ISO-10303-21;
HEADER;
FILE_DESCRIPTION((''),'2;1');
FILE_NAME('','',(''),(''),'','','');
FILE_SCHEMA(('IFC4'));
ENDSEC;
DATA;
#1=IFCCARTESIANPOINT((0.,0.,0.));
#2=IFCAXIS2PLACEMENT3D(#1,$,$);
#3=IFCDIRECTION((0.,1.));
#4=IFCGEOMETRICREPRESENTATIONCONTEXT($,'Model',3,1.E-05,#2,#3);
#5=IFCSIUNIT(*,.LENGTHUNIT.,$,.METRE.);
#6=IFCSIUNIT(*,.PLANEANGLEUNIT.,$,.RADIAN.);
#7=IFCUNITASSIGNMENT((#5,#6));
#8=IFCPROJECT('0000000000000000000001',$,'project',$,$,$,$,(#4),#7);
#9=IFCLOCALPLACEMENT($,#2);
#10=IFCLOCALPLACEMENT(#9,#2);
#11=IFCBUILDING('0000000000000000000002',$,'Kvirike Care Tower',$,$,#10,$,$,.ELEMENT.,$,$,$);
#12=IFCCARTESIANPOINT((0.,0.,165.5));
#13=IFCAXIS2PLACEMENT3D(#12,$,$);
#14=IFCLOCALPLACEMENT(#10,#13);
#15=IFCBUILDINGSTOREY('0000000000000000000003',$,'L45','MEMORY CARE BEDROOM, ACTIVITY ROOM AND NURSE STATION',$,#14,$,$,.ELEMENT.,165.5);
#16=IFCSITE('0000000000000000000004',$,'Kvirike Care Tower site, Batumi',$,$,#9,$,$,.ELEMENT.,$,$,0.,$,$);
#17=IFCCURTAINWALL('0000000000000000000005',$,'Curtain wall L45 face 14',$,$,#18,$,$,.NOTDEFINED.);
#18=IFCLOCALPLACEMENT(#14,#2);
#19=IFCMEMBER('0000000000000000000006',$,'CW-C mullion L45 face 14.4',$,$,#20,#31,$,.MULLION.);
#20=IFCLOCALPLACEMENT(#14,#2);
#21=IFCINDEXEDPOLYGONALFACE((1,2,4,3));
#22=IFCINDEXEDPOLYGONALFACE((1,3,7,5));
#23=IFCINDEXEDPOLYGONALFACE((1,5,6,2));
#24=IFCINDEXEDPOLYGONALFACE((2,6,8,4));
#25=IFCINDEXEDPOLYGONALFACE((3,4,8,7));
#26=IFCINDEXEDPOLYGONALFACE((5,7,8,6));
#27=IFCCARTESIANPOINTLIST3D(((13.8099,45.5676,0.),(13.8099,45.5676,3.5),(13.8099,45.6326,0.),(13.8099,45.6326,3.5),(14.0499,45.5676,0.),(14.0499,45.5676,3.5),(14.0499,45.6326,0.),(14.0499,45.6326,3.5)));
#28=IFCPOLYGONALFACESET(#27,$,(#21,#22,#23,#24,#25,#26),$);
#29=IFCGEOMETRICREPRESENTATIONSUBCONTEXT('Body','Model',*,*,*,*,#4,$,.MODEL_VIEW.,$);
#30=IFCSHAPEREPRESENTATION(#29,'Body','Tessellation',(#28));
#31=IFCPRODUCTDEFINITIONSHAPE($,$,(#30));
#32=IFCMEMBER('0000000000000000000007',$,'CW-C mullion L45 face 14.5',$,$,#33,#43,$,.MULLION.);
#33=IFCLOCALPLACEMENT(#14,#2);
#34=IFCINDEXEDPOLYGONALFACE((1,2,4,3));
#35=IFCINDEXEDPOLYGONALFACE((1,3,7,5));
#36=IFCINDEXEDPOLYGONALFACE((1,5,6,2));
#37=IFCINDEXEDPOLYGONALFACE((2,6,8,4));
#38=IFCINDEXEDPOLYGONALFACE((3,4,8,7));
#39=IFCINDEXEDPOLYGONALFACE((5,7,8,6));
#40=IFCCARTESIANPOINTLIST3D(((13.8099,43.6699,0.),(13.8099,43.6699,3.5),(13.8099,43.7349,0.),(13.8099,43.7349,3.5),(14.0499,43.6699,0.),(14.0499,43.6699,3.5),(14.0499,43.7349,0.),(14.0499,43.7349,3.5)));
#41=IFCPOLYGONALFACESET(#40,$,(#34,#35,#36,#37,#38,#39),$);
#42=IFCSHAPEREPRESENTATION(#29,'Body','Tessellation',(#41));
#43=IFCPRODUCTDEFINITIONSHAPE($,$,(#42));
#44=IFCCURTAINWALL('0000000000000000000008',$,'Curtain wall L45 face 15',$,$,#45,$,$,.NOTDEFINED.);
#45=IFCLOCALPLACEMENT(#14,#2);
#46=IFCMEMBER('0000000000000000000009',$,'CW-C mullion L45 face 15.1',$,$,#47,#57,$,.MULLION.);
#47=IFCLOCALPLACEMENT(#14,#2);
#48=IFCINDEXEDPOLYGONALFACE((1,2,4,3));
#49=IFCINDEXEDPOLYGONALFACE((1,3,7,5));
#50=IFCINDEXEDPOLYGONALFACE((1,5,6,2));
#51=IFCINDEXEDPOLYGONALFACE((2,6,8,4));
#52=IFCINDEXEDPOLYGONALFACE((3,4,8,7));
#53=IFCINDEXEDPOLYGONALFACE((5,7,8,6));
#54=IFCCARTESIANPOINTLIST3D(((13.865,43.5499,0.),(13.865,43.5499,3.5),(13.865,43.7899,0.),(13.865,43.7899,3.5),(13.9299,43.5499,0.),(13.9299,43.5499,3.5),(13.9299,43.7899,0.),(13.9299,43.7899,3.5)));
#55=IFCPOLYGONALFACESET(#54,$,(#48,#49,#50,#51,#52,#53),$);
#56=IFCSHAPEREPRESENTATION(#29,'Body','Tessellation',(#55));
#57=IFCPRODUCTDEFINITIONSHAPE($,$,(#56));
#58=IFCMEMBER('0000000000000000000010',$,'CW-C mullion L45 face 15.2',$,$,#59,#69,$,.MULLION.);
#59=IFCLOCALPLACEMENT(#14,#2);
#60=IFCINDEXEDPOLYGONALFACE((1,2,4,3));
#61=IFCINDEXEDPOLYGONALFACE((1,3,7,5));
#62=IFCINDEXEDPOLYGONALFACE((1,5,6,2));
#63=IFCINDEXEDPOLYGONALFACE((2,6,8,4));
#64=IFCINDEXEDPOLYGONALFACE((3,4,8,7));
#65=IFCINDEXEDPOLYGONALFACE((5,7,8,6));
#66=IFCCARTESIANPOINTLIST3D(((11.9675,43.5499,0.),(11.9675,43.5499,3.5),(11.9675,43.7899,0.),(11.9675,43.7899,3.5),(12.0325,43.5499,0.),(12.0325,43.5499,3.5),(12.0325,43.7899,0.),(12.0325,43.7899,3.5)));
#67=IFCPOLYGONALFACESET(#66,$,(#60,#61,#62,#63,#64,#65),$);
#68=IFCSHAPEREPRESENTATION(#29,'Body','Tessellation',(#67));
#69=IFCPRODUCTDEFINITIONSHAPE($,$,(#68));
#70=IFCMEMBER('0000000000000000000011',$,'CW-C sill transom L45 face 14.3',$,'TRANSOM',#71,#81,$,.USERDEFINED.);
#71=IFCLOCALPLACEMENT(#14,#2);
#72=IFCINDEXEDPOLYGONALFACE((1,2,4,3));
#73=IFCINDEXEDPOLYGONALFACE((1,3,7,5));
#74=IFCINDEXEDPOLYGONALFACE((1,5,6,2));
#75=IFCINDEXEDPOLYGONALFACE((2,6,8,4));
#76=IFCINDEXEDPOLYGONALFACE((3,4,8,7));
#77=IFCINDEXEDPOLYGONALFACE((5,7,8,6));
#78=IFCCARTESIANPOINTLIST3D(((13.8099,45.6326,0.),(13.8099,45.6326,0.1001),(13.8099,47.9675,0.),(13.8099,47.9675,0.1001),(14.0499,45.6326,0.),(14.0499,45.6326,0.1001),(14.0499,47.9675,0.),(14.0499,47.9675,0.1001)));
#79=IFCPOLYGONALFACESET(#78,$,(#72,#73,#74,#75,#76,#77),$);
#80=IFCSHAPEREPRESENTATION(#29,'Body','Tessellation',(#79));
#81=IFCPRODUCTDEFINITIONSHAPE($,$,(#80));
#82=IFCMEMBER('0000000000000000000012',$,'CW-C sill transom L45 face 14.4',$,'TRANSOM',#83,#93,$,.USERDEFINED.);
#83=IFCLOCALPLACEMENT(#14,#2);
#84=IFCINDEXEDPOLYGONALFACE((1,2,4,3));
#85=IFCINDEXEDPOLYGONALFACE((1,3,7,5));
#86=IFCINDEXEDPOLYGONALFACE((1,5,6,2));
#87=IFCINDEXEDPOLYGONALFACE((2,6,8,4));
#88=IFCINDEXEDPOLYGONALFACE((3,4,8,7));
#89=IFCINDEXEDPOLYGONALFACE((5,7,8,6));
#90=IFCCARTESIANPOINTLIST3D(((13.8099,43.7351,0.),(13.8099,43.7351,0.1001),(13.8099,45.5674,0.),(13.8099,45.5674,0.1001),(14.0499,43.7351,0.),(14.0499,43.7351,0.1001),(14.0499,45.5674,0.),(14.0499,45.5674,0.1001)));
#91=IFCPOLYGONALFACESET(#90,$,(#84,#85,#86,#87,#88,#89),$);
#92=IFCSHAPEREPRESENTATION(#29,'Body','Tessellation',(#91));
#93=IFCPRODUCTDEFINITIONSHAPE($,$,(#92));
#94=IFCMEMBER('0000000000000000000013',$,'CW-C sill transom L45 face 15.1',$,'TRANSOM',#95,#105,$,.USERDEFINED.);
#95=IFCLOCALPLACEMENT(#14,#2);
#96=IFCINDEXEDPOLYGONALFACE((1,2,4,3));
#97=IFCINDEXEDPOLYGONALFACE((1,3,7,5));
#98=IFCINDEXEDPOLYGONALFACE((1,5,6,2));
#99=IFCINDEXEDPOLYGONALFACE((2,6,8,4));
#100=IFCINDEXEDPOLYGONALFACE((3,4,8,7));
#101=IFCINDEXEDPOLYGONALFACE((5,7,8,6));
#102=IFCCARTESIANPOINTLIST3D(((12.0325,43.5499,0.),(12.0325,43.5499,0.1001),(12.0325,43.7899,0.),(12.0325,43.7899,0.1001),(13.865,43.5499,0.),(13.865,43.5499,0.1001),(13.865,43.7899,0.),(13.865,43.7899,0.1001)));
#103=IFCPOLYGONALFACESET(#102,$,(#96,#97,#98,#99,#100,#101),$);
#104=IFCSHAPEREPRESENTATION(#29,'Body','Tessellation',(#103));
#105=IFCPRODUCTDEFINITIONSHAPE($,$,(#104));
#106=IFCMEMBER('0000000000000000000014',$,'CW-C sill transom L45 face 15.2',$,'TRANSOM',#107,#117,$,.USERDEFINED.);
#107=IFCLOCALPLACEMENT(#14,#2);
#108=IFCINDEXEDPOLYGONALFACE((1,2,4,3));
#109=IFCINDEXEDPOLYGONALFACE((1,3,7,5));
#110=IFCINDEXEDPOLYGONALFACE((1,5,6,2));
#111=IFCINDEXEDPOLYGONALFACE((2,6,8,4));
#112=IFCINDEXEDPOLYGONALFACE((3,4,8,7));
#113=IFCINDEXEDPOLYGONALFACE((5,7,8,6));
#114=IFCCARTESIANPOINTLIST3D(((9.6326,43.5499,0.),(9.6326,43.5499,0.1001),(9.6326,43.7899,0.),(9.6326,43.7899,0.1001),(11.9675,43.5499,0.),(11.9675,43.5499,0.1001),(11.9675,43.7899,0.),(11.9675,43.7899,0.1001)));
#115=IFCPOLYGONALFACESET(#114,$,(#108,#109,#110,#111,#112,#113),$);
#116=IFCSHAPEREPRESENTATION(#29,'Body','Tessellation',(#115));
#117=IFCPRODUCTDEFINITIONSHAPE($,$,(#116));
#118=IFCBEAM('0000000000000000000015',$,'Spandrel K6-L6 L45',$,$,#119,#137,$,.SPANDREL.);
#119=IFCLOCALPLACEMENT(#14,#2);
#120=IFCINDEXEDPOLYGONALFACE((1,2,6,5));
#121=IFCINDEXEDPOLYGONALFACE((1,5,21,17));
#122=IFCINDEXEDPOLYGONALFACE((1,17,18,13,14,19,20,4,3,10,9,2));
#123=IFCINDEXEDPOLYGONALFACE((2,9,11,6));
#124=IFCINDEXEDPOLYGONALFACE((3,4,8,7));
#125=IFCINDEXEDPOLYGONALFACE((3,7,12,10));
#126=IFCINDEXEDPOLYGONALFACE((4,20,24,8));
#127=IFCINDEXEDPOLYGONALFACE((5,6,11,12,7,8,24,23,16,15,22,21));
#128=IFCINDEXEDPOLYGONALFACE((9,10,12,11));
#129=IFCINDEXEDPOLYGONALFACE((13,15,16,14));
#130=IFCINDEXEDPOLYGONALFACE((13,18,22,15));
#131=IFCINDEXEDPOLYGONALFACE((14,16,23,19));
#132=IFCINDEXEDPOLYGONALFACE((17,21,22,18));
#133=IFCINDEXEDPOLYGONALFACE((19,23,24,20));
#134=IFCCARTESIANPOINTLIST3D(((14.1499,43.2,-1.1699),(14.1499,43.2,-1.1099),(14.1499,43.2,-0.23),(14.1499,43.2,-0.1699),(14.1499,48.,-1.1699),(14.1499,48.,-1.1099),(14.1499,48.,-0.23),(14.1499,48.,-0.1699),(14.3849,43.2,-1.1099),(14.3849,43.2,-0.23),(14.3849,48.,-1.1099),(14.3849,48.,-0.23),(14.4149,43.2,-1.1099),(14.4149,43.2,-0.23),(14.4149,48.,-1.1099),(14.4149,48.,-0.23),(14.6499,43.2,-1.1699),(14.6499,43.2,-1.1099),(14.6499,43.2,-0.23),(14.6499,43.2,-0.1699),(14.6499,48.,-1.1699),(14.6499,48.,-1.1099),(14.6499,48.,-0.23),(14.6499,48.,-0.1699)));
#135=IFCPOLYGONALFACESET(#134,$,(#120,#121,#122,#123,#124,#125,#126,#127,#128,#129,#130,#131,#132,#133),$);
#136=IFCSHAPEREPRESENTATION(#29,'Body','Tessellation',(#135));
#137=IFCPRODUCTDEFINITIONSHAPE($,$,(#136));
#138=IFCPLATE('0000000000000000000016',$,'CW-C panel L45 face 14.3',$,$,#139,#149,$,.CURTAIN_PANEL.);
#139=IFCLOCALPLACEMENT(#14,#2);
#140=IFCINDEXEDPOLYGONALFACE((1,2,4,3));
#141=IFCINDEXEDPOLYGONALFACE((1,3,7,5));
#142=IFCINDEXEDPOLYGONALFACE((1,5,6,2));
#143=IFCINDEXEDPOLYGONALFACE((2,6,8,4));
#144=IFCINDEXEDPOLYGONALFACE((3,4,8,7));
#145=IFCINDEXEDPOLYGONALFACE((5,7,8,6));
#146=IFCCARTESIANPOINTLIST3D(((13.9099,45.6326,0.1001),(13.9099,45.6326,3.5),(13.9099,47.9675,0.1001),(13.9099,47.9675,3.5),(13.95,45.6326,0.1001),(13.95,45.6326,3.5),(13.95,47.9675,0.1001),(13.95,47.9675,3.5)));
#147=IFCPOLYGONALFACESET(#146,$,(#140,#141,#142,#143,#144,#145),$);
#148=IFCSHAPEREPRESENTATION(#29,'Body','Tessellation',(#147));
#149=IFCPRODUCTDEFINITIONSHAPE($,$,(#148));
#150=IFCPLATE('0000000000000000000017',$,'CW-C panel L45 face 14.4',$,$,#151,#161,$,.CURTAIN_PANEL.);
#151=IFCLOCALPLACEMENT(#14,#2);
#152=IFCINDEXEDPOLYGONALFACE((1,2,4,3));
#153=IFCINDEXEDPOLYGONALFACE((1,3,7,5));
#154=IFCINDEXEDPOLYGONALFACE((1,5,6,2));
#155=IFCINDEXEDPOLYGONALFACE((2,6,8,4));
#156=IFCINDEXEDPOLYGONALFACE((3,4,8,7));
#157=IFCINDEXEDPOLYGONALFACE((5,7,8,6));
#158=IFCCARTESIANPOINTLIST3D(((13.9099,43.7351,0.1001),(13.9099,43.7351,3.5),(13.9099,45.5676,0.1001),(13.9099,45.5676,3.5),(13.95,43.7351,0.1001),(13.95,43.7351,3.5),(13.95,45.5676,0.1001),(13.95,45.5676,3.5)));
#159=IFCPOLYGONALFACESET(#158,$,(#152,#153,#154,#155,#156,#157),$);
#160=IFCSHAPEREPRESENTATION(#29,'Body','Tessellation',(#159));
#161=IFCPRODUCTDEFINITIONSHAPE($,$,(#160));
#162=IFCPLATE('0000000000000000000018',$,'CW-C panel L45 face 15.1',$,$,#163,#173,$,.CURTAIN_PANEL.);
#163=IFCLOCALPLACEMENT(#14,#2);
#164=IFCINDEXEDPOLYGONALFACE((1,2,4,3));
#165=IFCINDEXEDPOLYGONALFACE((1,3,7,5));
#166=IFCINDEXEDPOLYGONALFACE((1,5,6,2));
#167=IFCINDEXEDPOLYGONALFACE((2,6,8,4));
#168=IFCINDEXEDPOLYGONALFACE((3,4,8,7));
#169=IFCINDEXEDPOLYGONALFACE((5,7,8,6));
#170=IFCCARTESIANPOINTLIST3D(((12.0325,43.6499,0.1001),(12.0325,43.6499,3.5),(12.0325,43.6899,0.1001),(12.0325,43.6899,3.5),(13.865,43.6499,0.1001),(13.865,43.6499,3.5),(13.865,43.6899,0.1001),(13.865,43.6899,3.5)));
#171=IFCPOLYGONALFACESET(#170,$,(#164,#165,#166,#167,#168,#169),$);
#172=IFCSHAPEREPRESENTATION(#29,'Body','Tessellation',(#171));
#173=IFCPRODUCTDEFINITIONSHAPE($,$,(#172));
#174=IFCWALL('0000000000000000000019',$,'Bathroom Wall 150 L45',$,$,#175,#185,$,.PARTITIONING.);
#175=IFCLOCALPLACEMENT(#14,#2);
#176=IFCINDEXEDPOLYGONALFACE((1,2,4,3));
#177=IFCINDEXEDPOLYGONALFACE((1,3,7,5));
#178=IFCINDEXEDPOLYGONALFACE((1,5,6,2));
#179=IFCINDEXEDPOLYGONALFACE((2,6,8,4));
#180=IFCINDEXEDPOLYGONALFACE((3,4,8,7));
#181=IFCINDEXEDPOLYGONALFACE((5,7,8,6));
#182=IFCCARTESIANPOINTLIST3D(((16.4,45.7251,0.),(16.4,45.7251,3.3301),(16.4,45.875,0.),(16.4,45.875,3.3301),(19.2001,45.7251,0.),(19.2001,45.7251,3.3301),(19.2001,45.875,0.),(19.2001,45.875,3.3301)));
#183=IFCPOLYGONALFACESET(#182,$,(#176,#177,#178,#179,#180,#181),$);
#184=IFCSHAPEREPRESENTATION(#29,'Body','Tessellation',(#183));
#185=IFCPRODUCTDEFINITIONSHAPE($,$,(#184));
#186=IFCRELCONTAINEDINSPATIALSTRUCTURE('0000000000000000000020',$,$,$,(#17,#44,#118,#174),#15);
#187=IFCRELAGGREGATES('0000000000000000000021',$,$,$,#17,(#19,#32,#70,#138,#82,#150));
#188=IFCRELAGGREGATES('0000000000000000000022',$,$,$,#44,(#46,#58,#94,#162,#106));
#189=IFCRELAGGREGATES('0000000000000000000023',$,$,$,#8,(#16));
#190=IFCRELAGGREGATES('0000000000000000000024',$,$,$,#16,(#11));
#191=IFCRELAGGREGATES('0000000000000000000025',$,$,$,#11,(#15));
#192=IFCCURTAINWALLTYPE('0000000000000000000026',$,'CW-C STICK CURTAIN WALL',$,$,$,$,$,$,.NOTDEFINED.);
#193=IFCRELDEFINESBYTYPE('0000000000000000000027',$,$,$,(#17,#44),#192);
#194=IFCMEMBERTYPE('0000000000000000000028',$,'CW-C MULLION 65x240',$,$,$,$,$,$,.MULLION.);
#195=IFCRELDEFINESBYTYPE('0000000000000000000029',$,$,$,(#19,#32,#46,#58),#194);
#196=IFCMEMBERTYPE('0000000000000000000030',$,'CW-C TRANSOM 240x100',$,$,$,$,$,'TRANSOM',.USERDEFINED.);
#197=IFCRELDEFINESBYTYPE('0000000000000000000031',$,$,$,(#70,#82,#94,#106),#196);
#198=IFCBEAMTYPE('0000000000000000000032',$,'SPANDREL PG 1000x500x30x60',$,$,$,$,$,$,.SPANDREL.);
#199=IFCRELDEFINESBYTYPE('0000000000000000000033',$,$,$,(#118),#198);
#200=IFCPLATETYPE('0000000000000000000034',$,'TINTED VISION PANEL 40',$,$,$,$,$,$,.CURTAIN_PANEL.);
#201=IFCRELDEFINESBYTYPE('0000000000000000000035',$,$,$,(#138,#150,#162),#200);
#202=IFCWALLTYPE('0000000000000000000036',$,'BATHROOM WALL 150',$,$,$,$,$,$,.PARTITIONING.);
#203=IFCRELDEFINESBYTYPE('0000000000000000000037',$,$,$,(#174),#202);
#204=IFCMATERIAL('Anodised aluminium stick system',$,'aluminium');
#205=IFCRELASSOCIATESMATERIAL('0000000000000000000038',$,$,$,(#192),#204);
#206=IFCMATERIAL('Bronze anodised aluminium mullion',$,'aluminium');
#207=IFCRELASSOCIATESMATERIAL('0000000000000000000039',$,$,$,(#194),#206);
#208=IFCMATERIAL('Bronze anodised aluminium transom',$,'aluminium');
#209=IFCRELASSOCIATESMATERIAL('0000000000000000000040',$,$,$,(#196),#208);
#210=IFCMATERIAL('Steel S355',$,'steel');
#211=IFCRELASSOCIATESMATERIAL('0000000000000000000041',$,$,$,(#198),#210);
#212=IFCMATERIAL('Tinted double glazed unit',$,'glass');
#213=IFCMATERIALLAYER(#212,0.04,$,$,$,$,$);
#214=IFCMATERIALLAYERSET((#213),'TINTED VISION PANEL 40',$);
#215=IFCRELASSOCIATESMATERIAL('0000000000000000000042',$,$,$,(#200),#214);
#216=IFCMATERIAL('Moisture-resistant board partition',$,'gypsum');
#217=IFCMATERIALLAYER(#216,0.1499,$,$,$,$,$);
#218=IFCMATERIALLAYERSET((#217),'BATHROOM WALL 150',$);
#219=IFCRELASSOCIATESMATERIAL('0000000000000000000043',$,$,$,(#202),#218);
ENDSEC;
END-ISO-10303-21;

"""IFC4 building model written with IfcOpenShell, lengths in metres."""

from ifc_helpers import new_model, si_unit, direction, frame, frame_2d, origin, origin_2d, place, context, subcontext, project, spatial, rectangle, i_section, extrude, material, layer, layer_set, material_profile, profile_set, type_object, element, aggregate, save


model = new_model("IFC4")

# Units and contexts
model_context = context("Model", 3, precision=1e-05, world=origin(), true_north=direction((0.0, 1.0)))
body_context = subcontext(model_context, "Body", "Model", "MODEL_VIEW")
ifc_project = project(units=[si_unit("LENGTHUNIT", "METRE"), si_unit("PLANEANGLEUNIT", "RADIAN")], contexts=[model_context])

# Site, building, storey
site_placement = place(None, origin())
site = spatial("IfcSite", under=ifc_project, at=site_placement, Name="Kvirike Care Tower site, Batumi", CompositionType="ELEMENT", RefElevation=0.0)
building_placement = place(site_placement, origin())
building = spatial("IfcBuilding", under=site, at=building_placement, Name="Kvirike Care Tower", CompositionType="ELEMENT")
storey_placement = place(building_placement, frame((0.0, 0.0, 165.5)))
storey = spatial("IfcBuildingStorey", under=building, at=storey_placement, Name="L45", Description="MEMORY CARE BEDROOM, ACTIVITY ROOM AND NURSE STATION", CompositionType="ELEMENT", Elevation=165.5)

# Curtain walls, members
ifc_material_1 = material(Name="Anodised aluminium stick system", Category="aluminium")
curtain_wall_type = type_object("IfcCurtainWallType", Name="CW-C STICK CURTAIN WALL", PredefinedType="NOTDEFINED", material=ifc_material_1)
curtain_wall_1_placement = place(storey_placement, origin())
curtain_wall_1 = element("IfcCurtainWall", 1, at=curtain_wall_1_placement, inside=storey, type_object=curtain_wall_type, Name="Curtain wall L45 face 14", PredefinedType="NOTDEFINED")
ifc_material_2 = material(Name="Bronze anodised aluminium mullion", Category="aluminium")
ifc_material_profile_1 = material_profile(ifc_material_2, rectangle(XDim=0.0649, YDim=0.24, at=origin_2d()), Name="CW-C MULLION 65x240")
ifc_profile_set_1 = profile_set([ifc_material_profile_1], Name="Bronze anodised aluminium mullion")
member_type_1 = type_object("IfcMemberType", Name="CW-C MULLION 65x240", PredefinedType="MULLION", material=ifc_profile_set_1)
member_1_placement = place(storey_placement, frame((13.9299, 45.6001, 0.0), z_axis=(0.0, 0.0, 1.0), x_axis=(0.0, -1.0, 0.0)))
member_1 = element("IfcMember", 2, at=member_1_placement, type_object=member_type_1, Name="CW-C mullion L45 face 14.4", PredefinedType="MULLION", context=body_context, shape_type="SweptSolid", body=[
    extrude(rectangle(XDim=0.0649, YDim=0.24, at=origin_2d()), origin(), (0.0, 0.0, 1.0), 3.5),
])
member_2_placement = place(storey_placement, frame((13.9299, 43.7024, 0.0), z_axis=(0.0, 0.0, 1.0), x_axis=(0.0, -1.0, 0.0)))
member_2 = element("IfcMember", 3, at=member_2_placement, type_object=member_type_1, Name="CW-C mullion L45 face 14.5", PredefinedType="MULLION", context=body_context, shape_type="SweptSolid", body=[
    extrude(rectangle(XDim=0.0649, YDim=0.24, at=origin_2d()), origin(), (0.0, 0.0, 1.0), 3.5),
])
curtain_wall_2_placement = place(storey_placement, origin())
curtain_wall_2 = element("IfcCurtainWall", 4, at=curtain_wall_2_placement, inside=storey, type_object=curtain_wall_type, Name="Curtain wall L45 face 15", PredefinedType="NOTDEFINED")
member_3_placement = place(storey_placement, frame((13.8975, 43.6699, 0.0), z_axis=(0.0, 0.0, 1.0), x_axis=(-1.0, 0.0, 0.0)))
member_3 = element("IfcMember", 5, at=member_3_placement, type_object=member_type_1, Name="CW-C mullion L45 face 15.1", PredefinedType="MULLION", context=body_context, shape_type="SweptSolid", body=[
    extrude(rectangle(XDim=0.0649, YDim=0.24, at=origin_2d()), origin(), (0.0, 0.0, 1.0), 3.5),
])
member_4_placement = place(storey_placement, frame((12.0, 43.6699, 0.0), z_axis=(0.0, 0.0, 1.0), x_axis=(-1.0, 0.0, 0.0)))
member_4 = element("IfcMember", 6, at=member_4_placement, type_object=member_type_1, Name="CW-C mullion L45 face 15.2", PredefinedType="MULLION", context=body_context, shape_type="SweptSolid", body=[
    extrude(rectangle(XDim=0.0649, YDim=0.24, at=origin_2d()), origin(), (0.0, 0.0, 1.0), 3.5),
])

# Members
ifc_material_3 = material(Name="Bronze anodised aluminium transom", Category="aluminium")
ifc_material_profile_2 = material_profile(ifc_material_3, rectangle(XDim=0.24, YDim=0.1001, at=origin_2d()), Name="CW-C TRANSOM 240x100")
ifc_profile_set_2 = profile_set([ifc_material_profile_2], Name="Bronze anodised aluminium transom")
member_type_2 = type_object("IfcMemberType", Name="CW-C TRANSOM 240x100", ElementType="TRANSOM", PredefinedType="USERDEFINED", material=ifc_profile_set_2)
member_5_placement = place(storey_placement, frame((13.9299, 47.9675, 0.05), z_axis=(0.0, -1.0, 0.0), x_axis=(1.0, 0.0, 0.0)))
member_5 = element("IfcMember", 7, at=member_5_placement, type_object=member_type_2, Name="CW-C sill transom L45 face 14.3", ObjectType="TRANSOM", PredefinedType="USERDEFINED", context=body_context, shape_type="SweptSolid", body=[
    extrude(rectangle(XDim=0.24, YDim=0.1001, at=origin_2d()), origin(), (0.0, 0.0, 1.0), 2.335),
])
member_6_placement = place(storey_placement, frame((13.9299, 45.5674, 0.05), z_axis=(0.0, -1.0, 0.0), x_axis=(1.0, 0.0, 0.0)))
member_6 = element("IfcMember", 8, at=member_6_placement, type_object=member_type_2, Name="CW-C sill transom L45 face 14.4", ObjectType="TRANSOM", PredefinedType="USERDEFINED", context=body_context, shape_type="SweptSolid", body=[
    extrude(rectangle(XDim=0.24, YDim=0.1001, at=origin_2d()), origin(), (0.0, 0.0, 1.0), 1.8323),
])
member_7_placement = place(storey_placement, frame((13.865, 43.6699, 0.05), z_axis=(-1.0, 0.0, 0.0), x_axis=(0.0, -1.0, 0.0)))
member_7 = element("IfcMember", 9, at=member_7_placement, type_object=member_type_2, Name="CW-C sill transom L45 face 15.1", ObjectType="TRANSOM", PredefinedType="USERDEFINED", context=body_context, shape_type="SweptSolid", body=[
    extrude(rectangle(XDim=0.24, YDim=0.1001, at=origin_2d()), origin(), (0.0, 0.0, 1.0), 1.8325),
])
member_8_placement = place(storey_placement, frame((11.9675, 43.6699, 0.05), z_axis=(-1.0, 0.0, 0.0), x_axis=(0.0, -1.0, 0.0)))
member_8 = element("IfcMember", 10, at=member_8_placement, type_object=member_type_2, Name="CW-C sill transom L45 face 15.2", ObjectType="TRANSOM", PredefinedType="USERDEFINED", context=body_context, shape_type="SweptSolid", body=[
    extrude(rectangle(XDim=0.24, YDim=0.1001, at=origin_2d()), origin(), (0.0, 0.0, 1.0), 2.335),
])

# Beam
ifc_material_4 = material(Name="Steel S355", Category="steel")
ifc_material_profile_3 = material_profile(ifc_material_4, i_section(OverallWidth=0.5, OverallDepth=1.0, WebThickness=0.03, FlangeThickness=0.0601, at=origin_2d()), Name="PG 1000x500x30x60")
ifc_profile_set_3 = profile_set([ifc_material_profile_3], Name="Steel S355")
beam_type = type_object("IfcBeamType", Name="SPANDREL PG 1000x500x30x60", PredefinedType="SPANDREL", material=ifc_profile_set_3)
beam_placement = place(storey_placement, frame((14.3999, 43.2, -0.6699), z_axis=(0.0, 1.0, 0.0), x_axis=(-1.0, 0.0, 0.0)))
element("IfcBeam", 11, at=beam_placement, inside=storey, type_object=beam_type, Name="Spandrel K6-L6 L45", PredefinedType="SPANDREL", context=body_context, shape_type="SweptSolid", body=[
    extrude(i_section(OverallWidth=0.5, OverallDepth=1.0, WebThickness=0.03, FlangeThickness=0.0601, at=origin_2d()), origin(), (0.0, 0.0, 1.0), 4.8),
])

# Plates
ifc_material_5 = material(Name="Tinted double glazed unit", Category="glass")
ifc_layer_1 = layer(ifc_material_5, 0.04)
ifc_layer_set_1 = layer_set([ifc_layer_1], Name="TINTED VISION PANEL 40")
plate_type = type_object("IfcPlateType", Name="TINTED VISION PANEL 40", PredefinedType="CURTAIN_PANEL", material=ifc_layer_set_1)
plate_1_placement = place(storey_placement, frame((13.9299, 46.8, 0.1001), z_axis=(0.0, 0.0, 1.0), x_axis=(0.0, -1.0, 0.0)))
plate_1 = element("IfcPlate", 12, at=plate_1_placement, type_object=plate_type, Name="CW-C panel L45 face 14.3", PredefinedType="CURTAIN_PANEL", context=body_context, shape_type="SweptSolid", body=[
    extrude(rectangle(XDim=2.335, YDim=0.04, at=origin_2d()), origin(), (0.0, 0.0, 1.0), 3.3999),
])
plate_2_placement = place(storey_placement, frame((13.9299, 44.6514, 0.1001), z_axis=(0.0, 0.0, 1.0), x_axis=(0.0, -1.0, 0.0)))
plate_2 = element("IfcPlate", 13, at=plate_2_placement, type_object=plate_type, Name="CW-C panel L45 face 14.4", PredefinedType="CURTAIN_PANEL", context=body_context, shape_type="SweptSolid", body=[
    extrude(rectangle(XDim=1.8325, YDim=0.04, at=origin_2d()), origin(), (0.0, 0.0, 1.0), 3.3999),
])
aggregate(curtain_wall_1, [member_1, member_2, member_5, plate_1, member_6, plate_2])
plate_3_placement = place(storey_placement, frame((12.9487, 43.6699, 0.1001), z_axis=(0.0, 0.0, 1.0), x_axis=(-1.0, 0.0, 0.0)))
plate_3 = element("IfcPlate", 14, at=plate_3_placement, type_object=plate_type, Name="CW-C panel L45 face 15.1", PredefinedType="CURTAIN_PANEL", context=body_context, shape_type="SweptSolid", body=[
    extrude(rectangle(XDim=1.8325, YDim=0.04, at=origin_2d()), origin(), (0.0, 0.0, 1.0), 3.3999),
])
aggregate(curtain_wall_2, [member_3, member_4, member_7, plate_3, member_8])

# Wall
ifc_material_6 = material(Name="Moisture-resistant board partition", Category="gypsum")
ifc_layer_2 = layer(ifc_material_6, 0.1499)
ifc_layer_set_2 = layer_set([ifc_layer_2], Name="BATHROOM WALL 150")
wall_type_1 = type_object("IfcWallType", Name="BATHROOM WALL 150", PredefinedType="PARTITIONING", material=ifc_layer_set_2)
wall_1_placement = place(storey_placement, frame((19.2, 45.8, 0.0), z_axis=(0.0, 0.0, 1.0), x_axis=(-1.0, 0.0, 0.0)))
element("IfcWall", 15, at=wall_1_placement, inside=storey, type_object=wall_type_1, Name="Bathroom Wall 150 L45", PredefinedType="PARTITIONING", context=body_context, shape_type="SweptSolid", body=[
    extrude(rectangle(XDim=2.8, YDim=0.1499, at=frame_2d((1.3999, 0.0))), origin(), (0.0, 0.0, 1.0), 3.3301),
])

save(model, "model.ifc")
